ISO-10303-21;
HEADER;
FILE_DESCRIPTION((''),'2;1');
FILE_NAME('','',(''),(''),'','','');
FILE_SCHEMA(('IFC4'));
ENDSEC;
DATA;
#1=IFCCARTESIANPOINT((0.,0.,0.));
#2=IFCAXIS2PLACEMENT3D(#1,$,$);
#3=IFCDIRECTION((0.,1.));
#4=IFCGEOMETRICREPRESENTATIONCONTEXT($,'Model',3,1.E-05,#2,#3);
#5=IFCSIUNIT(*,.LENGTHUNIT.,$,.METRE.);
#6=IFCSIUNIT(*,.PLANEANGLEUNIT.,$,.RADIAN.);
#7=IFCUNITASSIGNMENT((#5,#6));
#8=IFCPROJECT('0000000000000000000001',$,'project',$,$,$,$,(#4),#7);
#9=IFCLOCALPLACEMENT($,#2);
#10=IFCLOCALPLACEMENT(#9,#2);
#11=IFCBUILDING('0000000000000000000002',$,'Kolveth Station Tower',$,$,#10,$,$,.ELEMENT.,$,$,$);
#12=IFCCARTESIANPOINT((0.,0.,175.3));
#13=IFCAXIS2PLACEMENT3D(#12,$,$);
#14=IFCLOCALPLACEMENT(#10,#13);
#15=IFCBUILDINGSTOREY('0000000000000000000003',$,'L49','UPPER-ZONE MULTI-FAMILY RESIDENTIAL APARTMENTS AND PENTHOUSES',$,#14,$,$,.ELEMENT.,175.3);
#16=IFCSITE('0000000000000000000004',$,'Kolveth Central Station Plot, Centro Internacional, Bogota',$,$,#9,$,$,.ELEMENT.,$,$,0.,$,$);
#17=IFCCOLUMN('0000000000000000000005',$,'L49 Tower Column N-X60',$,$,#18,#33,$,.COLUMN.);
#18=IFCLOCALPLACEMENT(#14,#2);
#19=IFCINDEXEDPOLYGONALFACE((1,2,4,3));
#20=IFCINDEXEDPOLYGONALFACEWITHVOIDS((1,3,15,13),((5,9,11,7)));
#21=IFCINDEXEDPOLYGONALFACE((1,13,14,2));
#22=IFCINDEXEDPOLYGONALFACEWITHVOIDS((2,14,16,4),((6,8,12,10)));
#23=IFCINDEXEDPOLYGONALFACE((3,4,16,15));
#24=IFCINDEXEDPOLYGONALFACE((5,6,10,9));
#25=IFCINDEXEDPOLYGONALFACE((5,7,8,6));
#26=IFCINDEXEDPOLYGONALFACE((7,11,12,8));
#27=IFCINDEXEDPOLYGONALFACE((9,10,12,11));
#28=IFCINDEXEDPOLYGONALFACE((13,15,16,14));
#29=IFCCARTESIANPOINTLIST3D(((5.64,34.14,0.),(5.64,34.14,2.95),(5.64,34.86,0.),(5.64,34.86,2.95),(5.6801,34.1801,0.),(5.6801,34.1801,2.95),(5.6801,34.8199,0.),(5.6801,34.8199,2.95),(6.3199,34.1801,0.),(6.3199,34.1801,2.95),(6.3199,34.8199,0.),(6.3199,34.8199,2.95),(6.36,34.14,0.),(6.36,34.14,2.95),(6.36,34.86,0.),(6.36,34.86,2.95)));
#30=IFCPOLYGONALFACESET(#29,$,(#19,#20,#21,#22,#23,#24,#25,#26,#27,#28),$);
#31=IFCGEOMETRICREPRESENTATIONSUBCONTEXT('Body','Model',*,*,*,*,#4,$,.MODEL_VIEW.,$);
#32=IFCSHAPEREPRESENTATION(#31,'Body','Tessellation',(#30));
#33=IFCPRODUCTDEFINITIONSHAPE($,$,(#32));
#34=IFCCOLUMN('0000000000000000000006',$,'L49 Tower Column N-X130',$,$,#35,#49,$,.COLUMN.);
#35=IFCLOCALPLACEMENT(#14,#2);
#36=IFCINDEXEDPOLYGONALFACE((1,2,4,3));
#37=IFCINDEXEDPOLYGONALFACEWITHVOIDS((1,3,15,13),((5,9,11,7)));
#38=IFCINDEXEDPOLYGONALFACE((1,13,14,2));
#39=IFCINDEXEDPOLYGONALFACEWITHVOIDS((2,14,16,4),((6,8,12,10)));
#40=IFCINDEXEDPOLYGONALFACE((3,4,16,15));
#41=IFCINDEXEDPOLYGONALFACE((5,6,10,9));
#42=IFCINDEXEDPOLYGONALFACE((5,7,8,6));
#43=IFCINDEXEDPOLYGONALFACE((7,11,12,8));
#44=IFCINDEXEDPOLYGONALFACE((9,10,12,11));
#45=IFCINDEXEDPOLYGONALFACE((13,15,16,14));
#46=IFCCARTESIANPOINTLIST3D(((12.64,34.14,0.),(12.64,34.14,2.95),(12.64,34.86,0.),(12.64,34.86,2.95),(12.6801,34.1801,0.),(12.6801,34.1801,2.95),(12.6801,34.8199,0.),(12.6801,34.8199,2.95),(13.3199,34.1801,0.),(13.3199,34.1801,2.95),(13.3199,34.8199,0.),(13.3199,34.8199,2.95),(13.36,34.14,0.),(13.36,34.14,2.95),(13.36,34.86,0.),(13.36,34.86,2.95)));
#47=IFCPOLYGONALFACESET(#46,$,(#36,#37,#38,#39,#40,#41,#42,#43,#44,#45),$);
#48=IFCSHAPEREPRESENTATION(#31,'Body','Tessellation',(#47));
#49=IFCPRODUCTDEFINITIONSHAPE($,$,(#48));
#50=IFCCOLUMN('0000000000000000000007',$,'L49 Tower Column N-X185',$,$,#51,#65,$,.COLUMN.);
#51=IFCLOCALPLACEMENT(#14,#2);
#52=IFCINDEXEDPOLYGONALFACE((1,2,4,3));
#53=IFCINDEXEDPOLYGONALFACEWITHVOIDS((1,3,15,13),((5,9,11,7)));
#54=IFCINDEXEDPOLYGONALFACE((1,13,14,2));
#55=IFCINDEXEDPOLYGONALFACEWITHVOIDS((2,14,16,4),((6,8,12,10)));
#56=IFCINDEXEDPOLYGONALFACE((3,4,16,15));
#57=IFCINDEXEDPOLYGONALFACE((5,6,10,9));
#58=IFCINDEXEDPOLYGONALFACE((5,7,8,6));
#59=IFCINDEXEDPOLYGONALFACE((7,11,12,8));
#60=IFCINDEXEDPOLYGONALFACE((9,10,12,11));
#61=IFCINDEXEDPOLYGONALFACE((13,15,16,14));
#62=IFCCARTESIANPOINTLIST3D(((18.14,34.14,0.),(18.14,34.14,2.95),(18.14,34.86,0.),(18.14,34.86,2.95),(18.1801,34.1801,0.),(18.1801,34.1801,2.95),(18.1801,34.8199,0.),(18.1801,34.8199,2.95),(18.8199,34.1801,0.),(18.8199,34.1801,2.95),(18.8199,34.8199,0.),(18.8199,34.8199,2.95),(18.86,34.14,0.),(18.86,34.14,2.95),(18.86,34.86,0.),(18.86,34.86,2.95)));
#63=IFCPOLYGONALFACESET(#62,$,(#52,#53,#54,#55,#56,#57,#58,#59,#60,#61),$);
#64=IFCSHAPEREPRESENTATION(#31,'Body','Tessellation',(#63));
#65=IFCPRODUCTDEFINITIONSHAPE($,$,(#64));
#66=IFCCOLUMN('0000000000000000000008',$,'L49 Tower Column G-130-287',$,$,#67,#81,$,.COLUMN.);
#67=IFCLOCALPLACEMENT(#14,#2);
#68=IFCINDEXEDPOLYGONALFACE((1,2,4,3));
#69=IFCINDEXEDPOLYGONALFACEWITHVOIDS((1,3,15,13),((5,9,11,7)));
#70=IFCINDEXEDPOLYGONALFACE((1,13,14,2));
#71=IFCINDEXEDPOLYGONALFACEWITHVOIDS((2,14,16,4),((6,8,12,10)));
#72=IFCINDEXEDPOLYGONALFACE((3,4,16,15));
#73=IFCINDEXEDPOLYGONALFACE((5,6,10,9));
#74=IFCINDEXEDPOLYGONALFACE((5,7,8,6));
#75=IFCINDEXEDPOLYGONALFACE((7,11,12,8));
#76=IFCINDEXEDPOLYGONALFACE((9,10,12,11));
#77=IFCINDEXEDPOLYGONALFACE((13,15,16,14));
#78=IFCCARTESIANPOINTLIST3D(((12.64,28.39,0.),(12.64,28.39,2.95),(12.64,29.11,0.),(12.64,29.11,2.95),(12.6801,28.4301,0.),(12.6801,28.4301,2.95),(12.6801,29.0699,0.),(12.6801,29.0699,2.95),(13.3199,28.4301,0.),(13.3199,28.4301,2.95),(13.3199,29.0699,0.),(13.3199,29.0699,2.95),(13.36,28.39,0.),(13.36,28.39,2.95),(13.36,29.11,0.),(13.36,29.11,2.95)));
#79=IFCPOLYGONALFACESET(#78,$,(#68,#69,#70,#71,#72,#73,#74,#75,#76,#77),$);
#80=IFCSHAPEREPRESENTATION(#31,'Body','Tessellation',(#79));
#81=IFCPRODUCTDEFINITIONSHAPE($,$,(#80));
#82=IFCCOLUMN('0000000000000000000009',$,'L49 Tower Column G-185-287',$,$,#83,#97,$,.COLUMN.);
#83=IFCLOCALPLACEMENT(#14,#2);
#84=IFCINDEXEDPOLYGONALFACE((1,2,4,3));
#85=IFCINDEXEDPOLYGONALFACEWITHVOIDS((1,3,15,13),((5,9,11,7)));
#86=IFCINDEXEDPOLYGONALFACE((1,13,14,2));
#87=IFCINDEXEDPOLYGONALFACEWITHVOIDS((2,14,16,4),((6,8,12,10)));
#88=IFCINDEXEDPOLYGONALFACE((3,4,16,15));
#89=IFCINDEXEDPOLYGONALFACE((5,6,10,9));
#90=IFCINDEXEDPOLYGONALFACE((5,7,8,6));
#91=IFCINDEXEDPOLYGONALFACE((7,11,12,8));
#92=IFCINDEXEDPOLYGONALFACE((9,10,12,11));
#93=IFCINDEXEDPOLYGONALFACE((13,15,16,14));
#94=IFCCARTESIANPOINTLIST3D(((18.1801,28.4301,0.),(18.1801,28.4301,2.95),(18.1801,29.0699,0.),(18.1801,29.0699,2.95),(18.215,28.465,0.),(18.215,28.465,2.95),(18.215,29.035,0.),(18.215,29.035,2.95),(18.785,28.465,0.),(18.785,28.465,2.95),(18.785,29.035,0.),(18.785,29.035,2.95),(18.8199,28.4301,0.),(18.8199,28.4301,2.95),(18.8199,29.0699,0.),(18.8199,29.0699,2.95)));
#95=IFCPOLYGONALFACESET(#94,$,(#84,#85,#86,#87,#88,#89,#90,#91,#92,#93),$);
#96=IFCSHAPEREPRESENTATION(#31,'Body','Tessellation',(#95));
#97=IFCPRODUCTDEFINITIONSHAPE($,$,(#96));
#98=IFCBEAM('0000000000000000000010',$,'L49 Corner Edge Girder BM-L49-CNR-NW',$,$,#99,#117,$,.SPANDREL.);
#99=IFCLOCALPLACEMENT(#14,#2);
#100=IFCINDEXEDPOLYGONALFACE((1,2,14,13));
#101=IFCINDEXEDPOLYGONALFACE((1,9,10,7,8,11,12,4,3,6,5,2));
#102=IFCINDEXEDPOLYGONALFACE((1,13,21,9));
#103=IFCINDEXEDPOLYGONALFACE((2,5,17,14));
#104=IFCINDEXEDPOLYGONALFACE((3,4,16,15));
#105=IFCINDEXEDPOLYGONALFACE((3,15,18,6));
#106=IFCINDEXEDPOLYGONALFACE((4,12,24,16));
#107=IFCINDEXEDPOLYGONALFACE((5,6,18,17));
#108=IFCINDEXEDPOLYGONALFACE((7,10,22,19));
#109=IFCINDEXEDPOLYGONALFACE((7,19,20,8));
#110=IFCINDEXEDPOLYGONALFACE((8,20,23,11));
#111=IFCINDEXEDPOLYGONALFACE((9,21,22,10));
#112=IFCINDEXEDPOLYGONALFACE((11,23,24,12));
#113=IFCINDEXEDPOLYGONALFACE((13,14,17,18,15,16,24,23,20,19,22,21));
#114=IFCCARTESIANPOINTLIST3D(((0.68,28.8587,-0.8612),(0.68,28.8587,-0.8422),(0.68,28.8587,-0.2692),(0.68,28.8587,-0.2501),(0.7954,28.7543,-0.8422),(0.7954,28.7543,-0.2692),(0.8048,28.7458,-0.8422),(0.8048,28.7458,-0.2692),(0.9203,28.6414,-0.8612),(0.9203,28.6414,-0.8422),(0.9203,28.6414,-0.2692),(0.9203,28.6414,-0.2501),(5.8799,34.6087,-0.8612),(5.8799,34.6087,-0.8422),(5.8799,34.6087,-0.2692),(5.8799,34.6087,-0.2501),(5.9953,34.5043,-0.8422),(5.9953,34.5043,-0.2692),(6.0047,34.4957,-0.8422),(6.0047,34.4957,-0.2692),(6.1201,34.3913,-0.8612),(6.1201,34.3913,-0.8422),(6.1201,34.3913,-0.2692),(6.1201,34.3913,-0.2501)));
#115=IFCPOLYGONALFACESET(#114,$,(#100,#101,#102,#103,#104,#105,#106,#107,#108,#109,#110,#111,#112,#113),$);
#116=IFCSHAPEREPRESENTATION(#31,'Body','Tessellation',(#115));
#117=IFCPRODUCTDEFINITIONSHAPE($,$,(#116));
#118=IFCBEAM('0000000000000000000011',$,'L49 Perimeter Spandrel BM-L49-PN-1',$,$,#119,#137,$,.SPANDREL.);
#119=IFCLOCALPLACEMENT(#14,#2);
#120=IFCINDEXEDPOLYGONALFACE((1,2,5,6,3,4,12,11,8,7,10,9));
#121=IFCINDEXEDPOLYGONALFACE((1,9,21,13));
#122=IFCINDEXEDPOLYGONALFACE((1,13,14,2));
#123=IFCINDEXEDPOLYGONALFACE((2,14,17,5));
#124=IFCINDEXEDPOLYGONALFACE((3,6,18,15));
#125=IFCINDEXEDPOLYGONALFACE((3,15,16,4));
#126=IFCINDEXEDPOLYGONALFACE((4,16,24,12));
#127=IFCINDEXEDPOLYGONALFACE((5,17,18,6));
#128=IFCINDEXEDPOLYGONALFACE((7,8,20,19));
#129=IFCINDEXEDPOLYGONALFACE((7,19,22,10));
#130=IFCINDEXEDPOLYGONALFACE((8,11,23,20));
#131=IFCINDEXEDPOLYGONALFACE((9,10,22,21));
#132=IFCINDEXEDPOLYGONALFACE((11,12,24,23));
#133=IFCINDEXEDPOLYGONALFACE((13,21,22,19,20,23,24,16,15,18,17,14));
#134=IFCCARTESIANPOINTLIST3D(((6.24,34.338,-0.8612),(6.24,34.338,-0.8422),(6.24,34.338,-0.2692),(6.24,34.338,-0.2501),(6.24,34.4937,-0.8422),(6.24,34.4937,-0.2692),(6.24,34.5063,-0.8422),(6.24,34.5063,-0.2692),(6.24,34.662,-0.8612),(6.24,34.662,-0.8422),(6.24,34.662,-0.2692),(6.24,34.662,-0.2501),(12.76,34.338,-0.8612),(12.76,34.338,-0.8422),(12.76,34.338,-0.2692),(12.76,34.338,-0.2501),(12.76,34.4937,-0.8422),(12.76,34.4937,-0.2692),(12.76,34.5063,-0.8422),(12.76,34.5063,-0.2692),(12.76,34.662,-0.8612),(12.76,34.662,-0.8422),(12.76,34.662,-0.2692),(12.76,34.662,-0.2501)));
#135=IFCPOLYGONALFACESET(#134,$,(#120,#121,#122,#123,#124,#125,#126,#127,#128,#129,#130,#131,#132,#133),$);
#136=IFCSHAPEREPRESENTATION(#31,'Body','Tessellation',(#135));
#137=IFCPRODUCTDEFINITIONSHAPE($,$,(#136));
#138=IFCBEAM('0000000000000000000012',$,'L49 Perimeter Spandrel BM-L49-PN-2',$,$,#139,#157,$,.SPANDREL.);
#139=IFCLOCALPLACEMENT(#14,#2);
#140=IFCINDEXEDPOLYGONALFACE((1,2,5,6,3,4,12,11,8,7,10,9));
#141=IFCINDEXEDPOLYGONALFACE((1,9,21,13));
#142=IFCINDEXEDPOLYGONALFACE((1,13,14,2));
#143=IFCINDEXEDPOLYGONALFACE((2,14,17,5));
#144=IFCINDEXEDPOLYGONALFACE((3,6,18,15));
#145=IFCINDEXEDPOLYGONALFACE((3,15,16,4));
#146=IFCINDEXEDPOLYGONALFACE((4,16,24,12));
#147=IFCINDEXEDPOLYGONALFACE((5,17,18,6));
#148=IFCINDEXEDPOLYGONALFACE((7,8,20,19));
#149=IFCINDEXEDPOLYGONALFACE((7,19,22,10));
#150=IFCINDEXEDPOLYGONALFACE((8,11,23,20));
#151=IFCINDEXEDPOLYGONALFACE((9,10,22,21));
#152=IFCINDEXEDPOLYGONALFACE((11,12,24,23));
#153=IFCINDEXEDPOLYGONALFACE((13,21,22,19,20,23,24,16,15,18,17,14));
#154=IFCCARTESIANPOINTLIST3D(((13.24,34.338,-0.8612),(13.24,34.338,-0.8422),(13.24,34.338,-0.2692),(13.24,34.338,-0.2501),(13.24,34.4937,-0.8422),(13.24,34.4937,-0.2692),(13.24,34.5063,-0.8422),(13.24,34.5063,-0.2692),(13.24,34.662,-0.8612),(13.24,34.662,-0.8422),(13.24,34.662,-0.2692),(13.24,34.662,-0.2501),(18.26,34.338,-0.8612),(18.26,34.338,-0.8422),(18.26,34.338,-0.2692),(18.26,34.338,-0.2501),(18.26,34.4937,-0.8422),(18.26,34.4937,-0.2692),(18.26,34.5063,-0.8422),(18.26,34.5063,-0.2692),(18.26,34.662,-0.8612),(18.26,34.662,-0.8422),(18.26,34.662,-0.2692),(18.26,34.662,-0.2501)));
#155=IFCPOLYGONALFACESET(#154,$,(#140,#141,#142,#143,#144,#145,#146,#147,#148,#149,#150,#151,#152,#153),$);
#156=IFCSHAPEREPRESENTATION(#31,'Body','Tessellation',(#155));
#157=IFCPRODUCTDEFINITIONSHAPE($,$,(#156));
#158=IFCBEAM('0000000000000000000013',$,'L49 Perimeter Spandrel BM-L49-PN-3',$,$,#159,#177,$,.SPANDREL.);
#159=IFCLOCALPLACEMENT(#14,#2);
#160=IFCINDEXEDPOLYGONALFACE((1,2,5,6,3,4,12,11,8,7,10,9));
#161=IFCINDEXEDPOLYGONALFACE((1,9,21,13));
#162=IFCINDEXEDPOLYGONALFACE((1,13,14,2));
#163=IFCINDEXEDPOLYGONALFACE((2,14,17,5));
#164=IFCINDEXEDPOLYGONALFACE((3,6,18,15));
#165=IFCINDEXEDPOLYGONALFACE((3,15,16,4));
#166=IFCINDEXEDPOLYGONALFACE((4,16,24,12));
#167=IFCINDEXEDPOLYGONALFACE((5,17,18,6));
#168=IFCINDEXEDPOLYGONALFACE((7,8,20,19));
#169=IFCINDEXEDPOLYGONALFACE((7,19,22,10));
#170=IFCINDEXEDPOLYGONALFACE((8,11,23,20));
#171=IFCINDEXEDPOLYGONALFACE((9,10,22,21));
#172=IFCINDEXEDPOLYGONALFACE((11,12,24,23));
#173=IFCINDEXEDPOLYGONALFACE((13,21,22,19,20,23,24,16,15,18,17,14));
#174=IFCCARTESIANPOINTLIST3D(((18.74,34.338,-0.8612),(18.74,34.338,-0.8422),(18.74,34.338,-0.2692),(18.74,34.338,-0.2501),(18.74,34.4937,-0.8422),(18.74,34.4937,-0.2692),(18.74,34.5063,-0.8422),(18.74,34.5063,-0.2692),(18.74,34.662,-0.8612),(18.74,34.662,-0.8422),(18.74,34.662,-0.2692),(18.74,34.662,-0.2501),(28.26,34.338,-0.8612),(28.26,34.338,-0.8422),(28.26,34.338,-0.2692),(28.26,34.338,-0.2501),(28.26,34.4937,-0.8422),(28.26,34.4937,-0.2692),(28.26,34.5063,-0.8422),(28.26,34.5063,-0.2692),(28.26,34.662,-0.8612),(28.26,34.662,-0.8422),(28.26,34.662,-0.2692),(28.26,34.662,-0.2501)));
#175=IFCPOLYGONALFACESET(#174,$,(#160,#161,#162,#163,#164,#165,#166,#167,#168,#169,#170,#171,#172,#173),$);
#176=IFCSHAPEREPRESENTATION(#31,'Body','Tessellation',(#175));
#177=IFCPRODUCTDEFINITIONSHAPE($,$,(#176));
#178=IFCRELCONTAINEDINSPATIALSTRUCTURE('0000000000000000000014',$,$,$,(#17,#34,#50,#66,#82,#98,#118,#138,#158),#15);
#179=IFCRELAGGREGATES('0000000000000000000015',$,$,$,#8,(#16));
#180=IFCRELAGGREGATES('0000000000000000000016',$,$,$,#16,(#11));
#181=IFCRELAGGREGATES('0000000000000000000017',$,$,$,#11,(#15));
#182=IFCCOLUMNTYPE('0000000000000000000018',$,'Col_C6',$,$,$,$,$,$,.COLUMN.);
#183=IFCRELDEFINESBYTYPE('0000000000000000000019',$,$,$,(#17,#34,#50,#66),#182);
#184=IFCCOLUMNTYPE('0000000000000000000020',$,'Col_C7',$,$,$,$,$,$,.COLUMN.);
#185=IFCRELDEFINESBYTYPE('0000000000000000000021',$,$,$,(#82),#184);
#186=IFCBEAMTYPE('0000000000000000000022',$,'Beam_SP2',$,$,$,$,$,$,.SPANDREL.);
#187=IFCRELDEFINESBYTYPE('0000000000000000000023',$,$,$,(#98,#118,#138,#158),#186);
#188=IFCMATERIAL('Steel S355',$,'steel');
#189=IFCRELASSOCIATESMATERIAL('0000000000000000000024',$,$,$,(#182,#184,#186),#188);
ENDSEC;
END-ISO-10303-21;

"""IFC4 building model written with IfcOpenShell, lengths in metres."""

from ifc_helpers import new_model, si_unit, direction, frame, origin, origin_2d, place, context, subcontext, project, spatial, hollow_rectangle, i_section, extrude, source, transform, mapped, material, material_profile, profile_set, type_object, element, save


model = new_model("IFC4")

# Units and contexts
model_context = context("Model", 3, precision=1e-05, world=origin(), true_north=direction((0.0, 1.0)))
body_context = subcontext(model_context, "Body", "Model", "MODEL_VIEW")
ifc_project = project(units=[si_unit("LENGTHUNIT", "METRE"), si_unit("PLANEANGLEUNIT", "RADIAN")], contexts=[model_context])

# Site, building, storey
site_placement = place(None, origin())
site = spatial("IfcSite", under=ifc_project, at=site_placement, Name="Kolveth Central Station Plot, Centro Internacional, Bogota", CompositionType="ELEMENT", RefElevation=0.0)
building_placement = place(site_placement, origin())
building = spatial("IfcBuilding", under=site, at=building_placement, Name="Kolveth Station Tower", CompositionType="ELEMENT")
storey_placement = place(building_placement, frame((0.0, 0.0, 175.3)))
storey = spatial("IfcBuildingStorey", under=building, at=storey_placement, Name="L49", Description="UPPER-ZONE MULTI-FAMILY RESIDENTIAL APARTMENTS AND PENTHOUSES", CompositionType="ELEMENT", Elevation=175.3)

# Columns
ifc_material_1 = material(Name="Steel S355", Category="steel")
ifc_material_profile_1 = material_profile(ifc_material_1, hollow_rectangle(XDim=0.72, YDim=0.72, WallThickness=0.04, at=origin_2d()), Name="BOX720x720x40")
ifc_profile_set_1 = profile_set([ifc_material_profile_1], Name="Steel S355")
column_type_1 = type_object("IfcColumnType", Name="Col_C6", PredefinedType="COLUMN", material=ifc_profile_set_1)
shared_shape_1 = source(origin(), body_context, "Body", "SweptSolid", [
    extrude(hollow_rectangle(XDim=0.72, YDim=0.72, WallThickness=0.04, at=origin_2d()), origin(), (0.0, 0.0, 1.0), 2.95),
])
for number, where, z_axis, x_axis, name in (
    (1, (6.0, 34.5, 0.0), (0.0, 0.0, 1.0), (1.0, 0.0, 0.0), "L49 Tower Column N-X60"),
    (2, (13.0, 34.5, 0.0), (0.0, 0.0, 1.0), (1.0, 0.0, 0.0), "L49 Tower Column N-X130"),
    (3, (18.5, 34.5, 0.0), (0.0, 0.0, 1.0), (1.0, 0.0, 0.0), "L49 Tower Column N-X185"),
    (4, (13.0, 28.75, 0.0), (0.0, 0.0, 1.0), (1.0, 0.0, 0.0), "L49 Tower Column G-130-287"),
):
    element("IfcColumn", number, at=place(storey_placement, frame(where, z_axis=z_axis, x_axis=x_axis)), inside=storey, type_object=column_type_1, Name=name, PredefinedType="COLUMN", context=body_context, shape_type="MappedRepresentation", body=[
        mapped(shared_shape_1, transform((0.0, 0.0, 0.0), x_axis=(1.0, 0.0, 0.0), y_axis=(0.0, 1.0, 0.0), z_axis=(0.0, 0.0, 1.0), scale=1.0)),
    ])
ifc_material_profile_2 = material_profile(ifc_material_1, hollow_rectangle(XDim=0.6399, YDim=0.6399, WallThickness=0.0349, at=origin_2d()), Name="BOX640x640x35")
ifc_profile_set_2 = profile_set([ifc_material_profile_2], Name="Steel S355")
column_type_2 = type_object("IfcColumnType", Name="Col_C7", PredefinedType="COLUMN", material=ifc_profile_set_2)
shared_shape_2 = source(origin(), body_context, "Body", "SweptSolid", [
    extrude(hollow_rectangle(XDim=0.6399, YDim=0.6399, WallThickness=0.0349, at=origin_2d()), origin(), (0.0, 0.0, 1.0), 2.95),
])
column_placement = place(storey_placement, frame((18.5, 28.75, 0.0), z_axis=(0.0, 0.0, 1.0), x_axis=(1.0, 0.0, 0.0)))
element("IfcColumn", 5, at=column_placement, inside=storey, type_object=column_type_2, Name="L49 Tower Column G-185-287", PredefinedType="COLUMN", context=body_context, shape_type="MappedRepresentation", body=[
    mapped(shared_shape_2, transform((0.0, 0.0, 0.0), x_axis=(1.0, 0.0, 0.0), y_axis=(0.0, 1.0, 0.0), z_axis=(0.0, 0.0, 1.0), scale=1.0)),
])

# Beams
ifc_material_profile_3 = material_profile(ifc_material_1, i_section(OverallWidth=0.324, OverallDepth=0.6111, WebThickness=0.0127, FlangeThickness=0.019, at=origin_2d()), Name="W610x155")
ifc_profile_set_3 = profile_set([ifc_material_profile_3], Name="Steel S355")
beam_type_1 = type_object("IfcBeamType", Name="Beam_SP2", PredefinedType="SPANDREL", material=ifc_profile_set_3)
shared_shape_3 = source(origin(), body_context, "Body", "SweptSolid", [
    extrude(i_section(OverallWidth=0.324, OverallDepth=0.6111, WebThickness=0.0127, FlangeThickness=0.019, at=origin_2d()), origin(), (0.0, 0.0, 1.0), 7.7524),
])
beam_1_placement = place(storey_placement, frame((6.0, 34.5, -0.5557), z_axis=(-0.670741, -0.741692, 0.0), x_axis=(0.741692, -0.670741, 0.0)))
element("IfcBeam", 6, at=beam_1_placement, inside=storey, type_object=beam_type_1, Name="L49 Corner Edge Girder BM-L49-CNR-NW", PredefinedType="SPANDREL", context=body_context, shape_type="MappedRepresentation", body=[
    mapped(shared_shape_3, transform((0.0, 0.0, 0.0), x_axis=(1.0, 0.0, 0.0), y_axis=(0.0, 1.0, 0.0), z_axis=(0.0, 0.0, 1.0), scale=1.0)),
])
shared_shape_4 = source(origin(), body_context, "Body", "SweptSolid", [
    extrude(i_section(OverallWidth=0.324, OverallDepth=0.6111, WebThickness=0.0127, FlangeThickness=0.019, at=origin_2d()), origin(), (0.0, 0.0, 1.0), 6.52),
])
beam_2_placement = place(storey_placement, frame((6.24, 34.5, -0.5557), z_axis=(1.0, 0.0, 0.0), x_axis=(0.0, 1.0, 0.0)))
element("IfcBeam", 7, at=beam_2_placement, inside=storey, type_object=beam_type_1, Name="L49 Perimeter Spandrel BM-L49-PN-1", PredefinedType="SPANDREL", context=body_context, shape_type="MappedRepresentation", body=[
    mapped(shared_shape_4, transform((0.0, 0.0, 0.0), x_axis=(1.0, 0.0, 0.0), y_axis=(0.0, 1.0, 0.0), z_axis=(0.0, 0.0, 1.0), scale=1.0)),
])
shared_shape_5 = source(origin(), body_context, "Body", "SweptSolid", [
    extrude(i_section(OverallWidth=0.324, OverallDepth=0.6111, WebThickness=0.0127, FlangeThickness=0.019, at=origin_2d()), origin(), (0.0, 0.0, 1.0), 5.02),
])
beam_3_placement = place(storey_placement, frame((13.24, 34.5, -0.5557), z_axis=(1.0, 0.0, 0.0), x_axis=(0.0, 1.0, 0.0)))
element("IfcBeam", 8, at=beam_3_placement, inside=storey, type_object=beam_type_1, Name="L49 Perimeter Spandrel BM-L49-PN-2", PredefinedType="SPANDREL", context=body_context, shape_type="MappedRepresentation", body=[
    mapped(shared_shape_5, transform((0.0, 0.0, 0.0), x_axis=(1.0, 0.0, 0.0), y_axis=(0.0, 1.0, 0.0), z_axis=(0.0, 0.0, 1.0), scale=1.0)),
])
shared_shape_6 = source(origin(), body_context, "Body", "SweptSolid", [
    extrude(i_section(OverallWidth=0.324, OverallDepth=0.6111, WebThickness=0.0127, FlangeThickness=0.019, at=origin_2d()), origin(), (0.0, 0.0, 1.0), 9.52),
])
beam_4_placement = place(storey_placement, frame((18.74, 34.5, -0.5557), z_axis=(1.0, 0.0, 0.0), x_axis=(0.0, 1.0, 0.0)))
element("IfcBeam", 9, at=beam_4_placement, inside=storey, type_object=beam_type_1, Name="L49 Perimeter Spandrel BM-L49-PN-3", PredefinedType="SPANDREL", context=body_context, shape_type="MappedRepresentation", body=[
    mapped(shared_shape_6, transform((0.0, 0.0, 0.0), x_axis=(1.0, 0.0, 0.0), y_axis=(0.0, 1.0, 0.0), z_axis=(0.0, 0.0, 1.0), scale=1.0)),
])

save(model, "model.ifc")
